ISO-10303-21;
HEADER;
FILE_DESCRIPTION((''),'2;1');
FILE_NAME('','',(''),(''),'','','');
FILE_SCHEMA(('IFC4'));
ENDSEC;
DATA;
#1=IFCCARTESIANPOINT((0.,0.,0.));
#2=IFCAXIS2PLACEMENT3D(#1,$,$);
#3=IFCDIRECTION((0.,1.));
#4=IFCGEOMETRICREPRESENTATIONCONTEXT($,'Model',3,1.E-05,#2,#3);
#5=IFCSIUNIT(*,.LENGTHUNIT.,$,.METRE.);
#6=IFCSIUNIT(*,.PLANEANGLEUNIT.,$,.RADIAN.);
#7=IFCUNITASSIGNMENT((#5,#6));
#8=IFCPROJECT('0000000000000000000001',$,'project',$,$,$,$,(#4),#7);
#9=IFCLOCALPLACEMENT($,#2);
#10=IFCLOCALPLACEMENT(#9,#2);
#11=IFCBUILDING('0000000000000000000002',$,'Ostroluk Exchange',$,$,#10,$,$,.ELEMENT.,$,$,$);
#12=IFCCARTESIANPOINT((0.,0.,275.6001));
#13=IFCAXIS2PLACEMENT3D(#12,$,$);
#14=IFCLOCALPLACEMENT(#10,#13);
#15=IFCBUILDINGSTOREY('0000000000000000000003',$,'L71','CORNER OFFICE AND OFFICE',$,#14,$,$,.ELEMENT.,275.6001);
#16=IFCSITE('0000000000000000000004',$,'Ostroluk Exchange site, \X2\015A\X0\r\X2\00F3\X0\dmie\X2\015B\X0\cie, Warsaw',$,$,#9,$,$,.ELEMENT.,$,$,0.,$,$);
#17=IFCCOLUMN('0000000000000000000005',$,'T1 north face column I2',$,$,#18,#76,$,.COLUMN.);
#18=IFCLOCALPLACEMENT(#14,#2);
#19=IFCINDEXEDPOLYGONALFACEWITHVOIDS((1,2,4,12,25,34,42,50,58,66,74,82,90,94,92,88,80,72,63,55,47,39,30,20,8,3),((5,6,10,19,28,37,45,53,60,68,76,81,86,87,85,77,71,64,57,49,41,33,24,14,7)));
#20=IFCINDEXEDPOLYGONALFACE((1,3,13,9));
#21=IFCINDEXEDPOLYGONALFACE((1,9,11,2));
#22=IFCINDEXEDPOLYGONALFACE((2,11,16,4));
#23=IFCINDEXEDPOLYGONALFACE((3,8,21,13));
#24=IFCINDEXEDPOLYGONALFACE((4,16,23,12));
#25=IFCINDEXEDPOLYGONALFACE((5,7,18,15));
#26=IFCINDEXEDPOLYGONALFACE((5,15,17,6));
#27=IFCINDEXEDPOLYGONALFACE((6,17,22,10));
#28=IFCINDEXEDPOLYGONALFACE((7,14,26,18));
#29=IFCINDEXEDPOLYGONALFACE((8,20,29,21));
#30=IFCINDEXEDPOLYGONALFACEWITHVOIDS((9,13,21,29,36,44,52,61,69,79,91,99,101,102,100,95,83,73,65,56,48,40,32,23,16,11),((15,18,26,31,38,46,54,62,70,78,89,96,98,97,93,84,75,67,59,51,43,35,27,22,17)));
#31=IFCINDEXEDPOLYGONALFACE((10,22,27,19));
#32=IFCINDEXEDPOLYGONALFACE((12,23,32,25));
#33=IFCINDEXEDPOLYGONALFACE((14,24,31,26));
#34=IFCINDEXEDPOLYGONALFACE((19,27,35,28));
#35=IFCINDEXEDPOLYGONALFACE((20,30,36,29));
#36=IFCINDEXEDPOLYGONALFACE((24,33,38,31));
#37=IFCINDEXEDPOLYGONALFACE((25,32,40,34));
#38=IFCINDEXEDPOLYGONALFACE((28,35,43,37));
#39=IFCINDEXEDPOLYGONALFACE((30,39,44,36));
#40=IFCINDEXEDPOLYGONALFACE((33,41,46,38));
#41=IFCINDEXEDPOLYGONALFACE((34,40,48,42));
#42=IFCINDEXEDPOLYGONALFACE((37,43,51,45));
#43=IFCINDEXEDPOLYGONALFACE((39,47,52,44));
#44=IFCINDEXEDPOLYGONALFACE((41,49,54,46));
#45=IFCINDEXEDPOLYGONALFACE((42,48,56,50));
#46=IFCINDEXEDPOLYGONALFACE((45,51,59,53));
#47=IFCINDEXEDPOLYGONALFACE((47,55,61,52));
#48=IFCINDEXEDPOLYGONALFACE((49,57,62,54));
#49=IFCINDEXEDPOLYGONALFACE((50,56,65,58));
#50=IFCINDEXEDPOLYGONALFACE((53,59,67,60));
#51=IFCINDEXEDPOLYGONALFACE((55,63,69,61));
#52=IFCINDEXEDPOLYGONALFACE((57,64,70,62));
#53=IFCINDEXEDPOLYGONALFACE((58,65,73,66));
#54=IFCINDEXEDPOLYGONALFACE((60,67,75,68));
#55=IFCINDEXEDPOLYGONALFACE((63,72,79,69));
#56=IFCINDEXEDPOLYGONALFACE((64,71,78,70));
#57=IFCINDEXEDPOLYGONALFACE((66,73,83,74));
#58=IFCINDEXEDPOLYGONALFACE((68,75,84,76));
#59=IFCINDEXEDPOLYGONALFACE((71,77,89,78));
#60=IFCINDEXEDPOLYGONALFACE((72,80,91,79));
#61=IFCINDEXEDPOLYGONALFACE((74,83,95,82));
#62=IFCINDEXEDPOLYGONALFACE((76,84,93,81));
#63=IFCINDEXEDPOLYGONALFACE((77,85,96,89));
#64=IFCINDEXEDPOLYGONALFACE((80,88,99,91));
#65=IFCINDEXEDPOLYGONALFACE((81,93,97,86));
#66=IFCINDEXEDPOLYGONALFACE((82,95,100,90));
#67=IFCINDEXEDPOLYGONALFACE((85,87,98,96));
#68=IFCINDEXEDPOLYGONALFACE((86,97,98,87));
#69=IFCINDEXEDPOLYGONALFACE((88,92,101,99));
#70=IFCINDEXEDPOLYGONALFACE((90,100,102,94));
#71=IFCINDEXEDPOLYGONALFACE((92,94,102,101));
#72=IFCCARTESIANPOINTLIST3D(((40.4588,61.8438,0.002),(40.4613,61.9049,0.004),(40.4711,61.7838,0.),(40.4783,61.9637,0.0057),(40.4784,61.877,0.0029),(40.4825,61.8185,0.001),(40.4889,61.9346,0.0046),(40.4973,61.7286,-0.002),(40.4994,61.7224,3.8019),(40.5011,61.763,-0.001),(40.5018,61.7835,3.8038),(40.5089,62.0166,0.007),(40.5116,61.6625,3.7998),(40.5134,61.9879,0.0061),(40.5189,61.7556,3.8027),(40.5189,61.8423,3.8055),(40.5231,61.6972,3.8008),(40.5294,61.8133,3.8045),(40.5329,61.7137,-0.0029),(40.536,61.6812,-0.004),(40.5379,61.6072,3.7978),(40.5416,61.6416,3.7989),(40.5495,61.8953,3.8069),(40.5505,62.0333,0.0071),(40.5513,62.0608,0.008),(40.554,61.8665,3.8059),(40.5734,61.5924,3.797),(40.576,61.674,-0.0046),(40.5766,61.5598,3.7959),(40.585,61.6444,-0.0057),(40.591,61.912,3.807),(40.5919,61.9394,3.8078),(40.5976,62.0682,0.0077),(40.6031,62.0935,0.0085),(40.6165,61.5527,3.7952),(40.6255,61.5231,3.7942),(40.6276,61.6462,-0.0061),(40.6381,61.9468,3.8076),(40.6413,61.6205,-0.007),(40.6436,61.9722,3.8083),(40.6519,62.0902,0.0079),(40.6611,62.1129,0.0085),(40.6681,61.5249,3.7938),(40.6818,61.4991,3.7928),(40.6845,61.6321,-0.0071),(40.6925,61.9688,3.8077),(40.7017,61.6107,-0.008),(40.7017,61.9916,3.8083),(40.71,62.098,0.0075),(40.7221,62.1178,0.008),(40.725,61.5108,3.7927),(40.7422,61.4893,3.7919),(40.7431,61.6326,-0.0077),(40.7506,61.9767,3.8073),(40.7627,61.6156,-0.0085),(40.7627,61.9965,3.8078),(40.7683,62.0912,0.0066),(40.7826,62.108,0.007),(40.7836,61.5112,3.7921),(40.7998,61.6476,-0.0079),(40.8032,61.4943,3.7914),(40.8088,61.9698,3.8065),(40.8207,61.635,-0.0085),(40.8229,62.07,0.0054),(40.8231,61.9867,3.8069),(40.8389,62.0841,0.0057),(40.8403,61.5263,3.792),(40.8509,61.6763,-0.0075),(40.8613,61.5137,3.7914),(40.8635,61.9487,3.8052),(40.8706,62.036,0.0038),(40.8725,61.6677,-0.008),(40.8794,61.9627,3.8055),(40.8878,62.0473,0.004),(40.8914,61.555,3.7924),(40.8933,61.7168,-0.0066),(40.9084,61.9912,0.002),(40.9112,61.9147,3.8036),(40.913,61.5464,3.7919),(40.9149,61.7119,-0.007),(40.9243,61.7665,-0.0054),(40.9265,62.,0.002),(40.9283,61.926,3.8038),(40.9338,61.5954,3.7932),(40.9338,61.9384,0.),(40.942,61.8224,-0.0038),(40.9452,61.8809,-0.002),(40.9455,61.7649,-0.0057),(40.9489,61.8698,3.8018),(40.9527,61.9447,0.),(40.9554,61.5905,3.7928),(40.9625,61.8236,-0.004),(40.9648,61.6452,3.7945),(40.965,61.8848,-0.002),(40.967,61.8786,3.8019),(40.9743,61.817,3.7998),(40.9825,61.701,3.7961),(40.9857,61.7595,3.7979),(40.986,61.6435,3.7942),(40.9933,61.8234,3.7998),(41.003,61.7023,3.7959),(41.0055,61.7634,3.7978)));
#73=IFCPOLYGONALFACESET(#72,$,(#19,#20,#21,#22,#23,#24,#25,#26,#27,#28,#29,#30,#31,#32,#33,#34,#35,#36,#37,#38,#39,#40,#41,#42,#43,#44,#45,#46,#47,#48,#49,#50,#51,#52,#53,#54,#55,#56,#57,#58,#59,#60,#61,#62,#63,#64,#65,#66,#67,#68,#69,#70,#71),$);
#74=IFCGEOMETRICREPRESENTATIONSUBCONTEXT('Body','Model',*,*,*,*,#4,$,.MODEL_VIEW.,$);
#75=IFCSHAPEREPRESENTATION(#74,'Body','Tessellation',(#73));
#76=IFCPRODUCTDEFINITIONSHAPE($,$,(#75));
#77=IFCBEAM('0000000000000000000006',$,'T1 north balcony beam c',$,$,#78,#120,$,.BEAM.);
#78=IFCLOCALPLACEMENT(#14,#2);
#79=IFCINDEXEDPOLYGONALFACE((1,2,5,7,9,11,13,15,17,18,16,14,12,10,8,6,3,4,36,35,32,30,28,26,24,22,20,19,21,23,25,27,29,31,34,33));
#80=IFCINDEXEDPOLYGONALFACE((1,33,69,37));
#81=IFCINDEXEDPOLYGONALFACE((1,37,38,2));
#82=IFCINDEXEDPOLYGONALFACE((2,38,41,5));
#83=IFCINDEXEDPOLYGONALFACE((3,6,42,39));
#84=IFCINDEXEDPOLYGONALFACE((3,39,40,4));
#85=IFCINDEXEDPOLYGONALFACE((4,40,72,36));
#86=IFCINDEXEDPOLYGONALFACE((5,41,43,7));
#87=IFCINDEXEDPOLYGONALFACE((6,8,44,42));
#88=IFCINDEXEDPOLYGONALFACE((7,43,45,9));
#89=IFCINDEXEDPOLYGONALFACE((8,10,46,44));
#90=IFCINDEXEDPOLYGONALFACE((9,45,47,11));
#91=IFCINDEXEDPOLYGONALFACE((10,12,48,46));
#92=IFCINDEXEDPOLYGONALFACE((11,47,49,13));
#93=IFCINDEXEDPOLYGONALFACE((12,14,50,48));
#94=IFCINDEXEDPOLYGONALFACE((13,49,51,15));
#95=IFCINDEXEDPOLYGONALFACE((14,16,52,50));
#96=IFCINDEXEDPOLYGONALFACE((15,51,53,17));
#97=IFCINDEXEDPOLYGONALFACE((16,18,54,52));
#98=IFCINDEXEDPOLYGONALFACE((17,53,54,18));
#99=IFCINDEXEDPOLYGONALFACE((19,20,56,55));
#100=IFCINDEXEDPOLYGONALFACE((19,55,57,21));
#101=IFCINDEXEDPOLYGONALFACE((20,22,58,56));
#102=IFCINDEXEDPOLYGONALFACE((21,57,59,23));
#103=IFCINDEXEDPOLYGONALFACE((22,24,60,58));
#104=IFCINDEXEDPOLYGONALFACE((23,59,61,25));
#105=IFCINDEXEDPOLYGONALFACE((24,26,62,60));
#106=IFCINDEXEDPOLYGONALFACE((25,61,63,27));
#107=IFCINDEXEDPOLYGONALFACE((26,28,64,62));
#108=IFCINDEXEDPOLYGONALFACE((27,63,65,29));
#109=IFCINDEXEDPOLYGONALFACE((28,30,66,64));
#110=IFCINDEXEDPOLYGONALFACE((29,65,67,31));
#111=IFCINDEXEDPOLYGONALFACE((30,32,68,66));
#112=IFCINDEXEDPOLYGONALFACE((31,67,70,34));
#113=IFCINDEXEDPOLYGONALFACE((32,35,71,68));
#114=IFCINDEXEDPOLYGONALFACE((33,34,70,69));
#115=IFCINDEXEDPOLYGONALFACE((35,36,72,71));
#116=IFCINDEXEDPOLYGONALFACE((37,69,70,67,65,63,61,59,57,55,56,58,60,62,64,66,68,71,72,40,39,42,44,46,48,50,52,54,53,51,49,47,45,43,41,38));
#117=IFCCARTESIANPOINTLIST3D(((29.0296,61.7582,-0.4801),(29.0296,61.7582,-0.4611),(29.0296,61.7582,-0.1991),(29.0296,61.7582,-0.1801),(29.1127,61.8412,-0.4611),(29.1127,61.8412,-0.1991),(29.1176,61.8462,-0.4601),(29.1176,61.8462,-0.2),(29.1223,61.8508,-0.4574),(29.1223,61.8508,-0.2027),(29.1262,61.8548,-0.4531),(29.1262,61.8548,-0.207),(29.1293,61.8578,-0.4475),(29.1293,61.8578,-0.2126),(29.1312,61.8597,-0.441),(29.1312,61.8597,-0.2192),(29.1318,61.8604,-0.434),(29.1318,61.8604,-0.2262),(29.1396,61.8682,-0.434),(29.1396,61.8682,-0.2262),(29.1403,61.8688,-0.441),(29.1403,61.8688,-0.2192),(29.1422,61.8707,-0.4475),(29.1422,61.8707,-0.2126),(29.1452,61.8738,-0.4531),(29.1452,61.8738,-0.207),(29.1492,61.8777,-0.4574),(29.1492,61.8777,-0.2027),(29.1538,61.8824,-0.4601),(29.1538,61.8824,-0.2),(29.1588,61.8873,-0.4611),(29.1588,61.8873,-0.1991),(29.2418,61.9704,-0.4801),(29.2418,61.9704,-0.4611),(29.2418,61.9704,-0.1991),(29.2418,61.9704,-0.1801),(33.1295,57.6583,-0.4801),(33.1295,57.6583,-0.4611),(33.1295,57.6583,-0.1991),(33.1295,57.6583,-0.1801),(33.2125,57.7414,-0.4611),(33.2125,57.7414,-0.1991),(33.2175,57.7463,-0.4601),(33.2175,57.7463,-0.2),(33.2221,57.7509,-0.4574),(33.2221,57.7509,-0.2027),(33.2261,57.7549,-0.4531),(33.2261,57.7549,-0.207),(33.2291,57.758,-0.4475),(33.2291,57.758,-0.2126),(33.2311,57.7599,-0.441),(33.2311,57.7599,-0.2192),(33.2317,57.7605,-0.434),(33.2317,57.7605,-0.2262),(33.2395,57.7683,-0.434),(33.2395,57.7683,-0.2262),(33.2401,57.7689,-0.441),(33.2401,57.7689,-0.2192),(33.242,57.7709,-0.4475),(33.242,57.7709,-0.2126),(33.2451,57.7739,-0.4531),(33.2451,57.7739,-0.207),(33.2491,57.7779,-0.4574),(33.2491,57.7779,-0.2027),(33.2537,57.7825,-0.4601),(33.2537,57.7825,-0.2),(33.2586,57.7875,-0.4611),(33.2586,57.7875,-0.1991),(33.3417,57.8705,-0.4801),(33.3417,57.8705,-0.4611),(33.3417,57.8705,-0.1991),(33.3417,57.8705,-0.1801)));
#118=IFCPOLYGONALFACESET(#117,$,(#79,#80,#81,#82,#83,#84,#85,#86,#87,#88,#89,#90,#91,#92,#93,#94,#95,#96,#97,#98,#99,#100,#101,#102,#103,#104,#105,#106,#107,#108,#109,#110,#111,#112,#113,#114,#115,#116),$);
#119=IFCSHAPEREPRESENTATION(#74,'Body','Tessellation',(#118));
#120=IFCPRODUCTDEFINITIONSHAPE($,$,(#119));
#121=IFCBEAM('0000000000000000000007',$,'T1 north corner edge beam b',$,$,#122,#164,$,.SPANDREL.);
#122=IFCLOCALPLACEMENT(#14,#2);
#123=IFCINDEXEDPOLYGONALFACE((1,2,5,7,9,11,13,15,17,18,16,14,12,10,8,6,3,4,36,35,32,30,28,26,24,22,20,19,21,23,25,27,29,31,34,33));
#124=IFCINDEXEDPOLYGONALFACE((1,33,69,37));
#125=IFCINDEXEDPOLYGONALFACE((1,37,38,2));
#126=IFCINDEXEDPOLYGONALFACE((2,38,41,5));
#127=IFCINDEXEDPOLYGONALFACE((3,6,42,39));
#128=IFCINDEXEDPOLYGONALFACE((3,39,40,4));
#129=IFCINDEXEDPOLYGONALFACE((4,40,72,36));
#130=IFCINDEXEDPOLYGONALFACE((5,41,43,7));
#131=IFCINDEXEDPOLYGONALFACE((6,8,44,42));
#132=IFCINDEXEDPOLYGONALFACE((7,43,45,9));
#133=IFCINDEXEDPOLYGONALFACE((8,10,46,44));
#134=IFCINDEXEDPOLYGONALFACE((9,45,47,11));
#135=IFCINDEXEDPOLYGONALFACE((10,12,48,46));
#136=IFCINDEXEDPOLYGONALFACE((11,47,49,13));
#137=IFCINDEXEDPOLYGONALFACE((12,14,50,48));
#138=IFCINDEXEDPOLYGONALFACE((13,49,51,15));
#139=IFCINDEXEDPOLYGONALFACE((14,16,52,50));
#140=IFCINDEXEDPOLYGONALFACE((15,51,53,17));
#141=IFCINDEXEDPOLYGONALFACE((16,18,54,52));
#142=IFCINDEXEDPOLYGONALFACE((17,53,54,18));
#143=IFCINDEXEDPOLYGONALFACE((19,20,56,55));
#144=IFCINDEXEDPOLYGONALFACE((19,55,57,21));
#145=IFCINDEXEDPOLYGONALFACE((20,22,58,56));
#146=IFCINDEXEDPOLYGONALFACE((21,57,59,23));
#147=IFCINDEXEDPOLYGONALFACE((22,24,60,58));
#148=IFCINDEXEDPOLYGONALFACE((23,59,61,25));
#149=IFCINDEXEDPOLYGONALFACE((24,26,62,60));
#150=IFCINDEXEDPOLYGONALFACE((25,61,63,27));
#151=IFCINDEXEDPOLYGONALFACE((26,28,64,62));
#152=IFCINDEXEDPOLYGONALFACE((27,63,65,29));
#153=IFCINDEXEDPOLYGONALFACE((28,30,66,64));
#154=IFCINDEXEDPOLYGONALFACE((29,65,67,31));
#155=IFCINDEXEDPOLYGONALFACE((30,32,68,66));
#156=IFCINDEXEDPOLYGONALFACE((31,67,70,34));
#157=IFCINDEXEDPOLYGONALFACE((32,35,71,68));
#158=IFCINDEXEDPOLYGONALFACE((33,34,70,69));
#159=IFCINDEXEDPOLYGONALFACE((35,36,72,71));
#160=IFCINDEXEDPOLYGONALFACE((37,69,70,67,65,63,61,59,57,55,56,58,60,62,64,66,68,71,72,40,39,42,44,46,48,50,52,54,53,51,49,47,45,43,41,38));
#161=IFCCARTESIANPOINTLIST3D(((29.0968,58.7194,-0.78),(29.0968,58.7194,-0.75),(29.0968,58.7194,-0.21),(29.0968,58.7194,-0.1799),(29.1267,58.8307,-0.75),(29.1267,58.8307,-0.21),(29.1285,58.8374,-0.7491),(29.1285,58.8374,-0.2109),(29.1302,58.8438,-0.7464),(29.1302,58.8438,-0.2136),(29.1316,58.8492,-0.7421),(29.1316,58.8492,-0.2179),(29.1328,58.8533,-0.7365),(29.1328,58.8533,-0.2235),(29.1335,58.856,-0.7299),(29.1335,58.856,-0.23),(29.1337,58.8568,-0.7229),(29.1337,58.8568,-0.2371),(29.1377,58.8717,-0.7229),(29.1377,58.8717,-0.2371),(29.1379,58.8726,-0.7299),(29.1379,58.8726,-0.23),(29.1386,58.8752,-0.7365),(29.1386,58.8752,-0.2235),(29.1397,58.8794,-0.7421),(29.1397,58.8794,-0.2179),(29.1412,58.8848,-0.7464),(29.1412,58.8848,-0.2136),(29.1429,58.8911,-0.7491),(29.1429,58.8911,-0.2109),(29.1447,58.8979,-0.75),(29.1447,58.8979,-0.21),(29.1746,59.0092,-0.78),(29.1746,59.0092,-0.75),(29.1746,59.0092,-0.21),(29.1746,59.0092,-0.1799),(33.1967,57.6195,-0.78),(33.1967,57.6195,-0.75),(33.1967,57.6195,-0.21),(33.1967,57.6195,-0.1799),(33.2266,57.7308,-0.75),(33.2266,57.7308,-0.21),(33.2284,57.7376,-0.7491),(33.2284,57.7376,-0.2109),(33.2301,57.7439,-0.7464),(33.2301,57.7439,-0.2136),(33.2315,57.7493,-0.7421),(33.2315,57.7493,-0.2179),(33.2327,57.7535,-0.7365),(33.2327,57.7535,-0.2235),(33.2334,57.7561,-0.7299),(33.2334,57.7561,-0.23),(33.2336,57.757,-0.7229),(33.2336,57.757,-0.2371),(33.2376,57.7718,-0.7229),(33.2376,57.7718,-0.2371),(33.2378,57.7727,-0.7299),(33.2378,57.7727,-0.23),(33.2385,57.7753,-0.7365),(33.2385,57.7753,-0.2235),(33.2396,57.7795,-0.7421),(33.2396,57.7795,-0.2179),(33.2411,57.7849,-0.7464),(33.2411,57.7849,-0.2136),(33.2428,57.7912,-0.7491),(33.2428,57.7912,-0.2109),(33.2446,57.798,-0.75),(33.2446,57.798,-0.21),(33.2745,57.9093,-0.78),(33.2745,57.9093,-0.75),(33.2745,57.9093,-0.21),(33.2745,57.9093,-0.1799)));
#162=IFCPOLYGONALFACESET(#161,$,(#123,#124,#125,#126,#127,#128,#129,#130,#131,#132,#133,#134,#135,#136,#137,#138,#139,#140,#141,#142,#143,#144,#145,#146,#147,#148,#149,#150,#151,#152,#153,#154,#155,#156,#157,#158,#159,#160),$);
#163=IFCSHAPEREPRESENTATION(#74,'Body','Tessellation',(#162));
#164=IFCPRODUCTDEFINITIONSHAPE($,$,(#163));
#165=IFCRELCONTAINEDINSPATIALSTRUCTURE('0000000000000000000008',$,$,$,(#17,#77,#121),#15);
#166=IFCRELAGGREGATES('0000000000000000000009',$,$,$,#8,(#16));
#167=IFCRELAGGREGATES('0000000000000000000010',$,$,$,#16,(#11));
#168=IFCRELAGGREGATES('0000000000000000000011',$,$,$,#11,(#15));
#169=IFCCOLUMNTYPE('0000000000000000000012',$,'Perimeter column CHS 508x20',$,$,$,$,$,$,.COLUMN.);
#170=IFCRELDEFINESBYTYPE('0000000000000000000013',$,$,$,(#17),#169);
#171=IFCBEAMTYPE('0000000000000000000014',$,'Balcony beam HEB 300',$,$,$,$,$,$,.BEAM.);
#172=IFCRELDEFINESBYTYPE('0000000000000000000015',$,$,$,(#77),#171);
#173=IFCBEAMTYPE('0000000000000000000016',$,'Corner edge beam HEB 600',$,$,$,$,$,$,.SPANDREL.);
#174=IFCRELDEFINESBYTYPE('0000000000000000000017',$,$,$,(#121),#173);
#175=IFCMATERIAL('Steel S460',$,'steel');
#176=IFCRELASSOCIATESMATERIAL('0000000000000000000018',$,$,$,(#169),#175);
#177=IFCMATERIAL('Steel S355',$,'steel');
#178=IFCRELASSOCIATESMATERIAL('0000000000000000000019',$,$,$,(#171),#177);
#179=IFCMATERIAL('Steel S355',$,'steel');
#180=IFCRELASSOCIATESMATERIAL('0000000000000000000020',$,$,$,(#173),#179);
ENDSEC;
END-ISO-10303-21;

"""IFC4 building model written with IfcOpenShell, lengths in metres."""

from ifc_helpers import new_model, si_unit, direction, frame, origin, origin_2d, place, context, subcontext, project, spatial, hollow_circle, i_section, extrude, material, material_profile, profile_set, type_object, element, save


model = new_model("IFC4")

# Units and contexts
model_context = context("Model", 3, precision=1e-05, world=origin(), true_north=direction((0.0, 1.0)))
body_context = subcontext(model_context, "Body", "Model", "MODEL_VIEW")
ifc_project = project(units=[si_unit("LENGTHUNIT", "METRE"), si_unit("PLANEANGLEUNIT", "RADIAN")], contexts=[model_context])

# Site, building, storey
site_placement = place(None, origin())
site = spatial("IfcSite", under=ifc_project, at=site_placement, Name="Ostroluk Exchange site, Śródmieście, Warsaw", CompositionType="ELEMENT", RefElevation=0.0)
building_placement = place(site_placement, origin())
building = spatial("IfcBuilding", under=site, at=building_placement, Name="Ostroluk Exchange", CompositionType="ELEMENT")
storey_placement = place(building_placement, frame((0.0, 0.0, 275.6001)))
storey = spatial("IfcBuildingStorey", under=building, at=storey_placement, Name="L71", Description="CORNER OFFICE AND OFFICE", CompositionType="ELEMENT", Elevation=275.6001)

# Column
ifc_material_1 = material(Name="Steel S460", Category="steel")
ifc_material_profile_1 = material_profile(ifc_material_1, hollow_circle(Radius=0.2539, WallThickness=0.02, at=origin_2d()), Name="CHS 508x20")
ifc_profile_set_1 = profile_set([ifc_material_profile_1], Name="Steel S460")
column_type = type_object("IfcColumnType", Name="Perimeter column CHS 508x20", PredefinedType="COLUMN", material=ifc_profile_set_1)
column_placement = place(storey_placement, frame((40.7119, 61.8643, 0.0), z_axis=(0.01066, -0.031915, 0.999434), x_axis=(0.948492, 0.3168, 0.0)))
element("IfcColumn", 1, at=column_placement, inside=storey, type_object=column_type, Name="T1 north face column I2", PredefinedType="COLUMN", context=body_context, shape_type="SweptSolid", body=[
    extrude(hollow_circle(Radius=0.2539, WallThickness=0.02, at=origin_2d()), origin(), (0.0, 0.0, 1.0), 3.802),
])

# Beams
ifc_material_2 = material(Name="Steel S355", Category="steel")
ifc_material_profile_2 = material_profile(ifc_material_2, i_section(OverallWidth=0.3, OverallDepth=0.3, WebThickness=0.011, FlangeThickness=0.019, FilletRadius=0.0271, at=origin_2d()), Name="HEB 300")
ifc_profile_set_2 = profile_set([ifc_material_profile_2], Name="Steel S355")
beam_type_1 = type_object("IfcBeamType", Name="Balcony beam HEB 300", PredefinedType="BEAM", material=ifc_profile_set_2)
beam_1_placement = place(storey_placement, frame((33.2356, 57.7644, -0.3301), z_axis=(-0.707107, 0.707107, 0.0), x_axis=(-0.707107, -0.707107, 0.0)))
element("IfcBeam", 2, at=beam_1_placement, inside=storey, type_object=beam_type_1, Name="T1 north balcony beam c", PredefinedType="BEAM", context=body_context, shape_type="SweptSolid", body=[
    extrude(i_section(OverallWidth=0.3, OverallDepth=0.3, WebThickness=0.011, FlangeThickness=0.019, FilletRadius=0.0271, at=origin_2d()), origin(), (0.0, 0.0, 1.0), 5.7981),
])
ifc_material_3 = material(Name="Steel S355", Category="steel")
ifc_material_profile_3 = material_profile(ifc_material_3, i_section(OverallWidth=0.3, OverallDepth=0.6001, WebThickness=0.0154, FlangeThickness=0.03, FilletRadius=0.0271, at=origin_2d()), Name="HEB 600")
ifc_profile_set_3 = profile_set([ifc_material_profile_3], Name="Steel S355")
beam_type_2 = type_object("IfcBeamType", Name="Corner edge beam HEB 600", PredefinedType="SPANDREL", material=ifc_profile_set_3)
beam_2_placement = place(storey_placement, frame((33.2356, 57.7644, -0.48), z_axis=(-0.965849, 0.259105, 0.0), x_axis=(-0.259105, -0.965849, 0.0)))
element("IfcBeam", 3, at=beam_2_placement, inside=storey, type_object=beam_type_2, Name="T1 north corner edge beam b", PredefinedType="SPANDREL", context=body_context, shape_type="SweptSolid", body=[
    extrude(i_section(OverallWidth=0.3, OverallDepth=0.6001, WebThickness=0.0154, FlangeThickness=0.03, FilletRadius=0.0271, at=origin_2d()), origin(), (0.0, 0.0, 1.0), 4.2449),
])

save(model, "model.ifc")
